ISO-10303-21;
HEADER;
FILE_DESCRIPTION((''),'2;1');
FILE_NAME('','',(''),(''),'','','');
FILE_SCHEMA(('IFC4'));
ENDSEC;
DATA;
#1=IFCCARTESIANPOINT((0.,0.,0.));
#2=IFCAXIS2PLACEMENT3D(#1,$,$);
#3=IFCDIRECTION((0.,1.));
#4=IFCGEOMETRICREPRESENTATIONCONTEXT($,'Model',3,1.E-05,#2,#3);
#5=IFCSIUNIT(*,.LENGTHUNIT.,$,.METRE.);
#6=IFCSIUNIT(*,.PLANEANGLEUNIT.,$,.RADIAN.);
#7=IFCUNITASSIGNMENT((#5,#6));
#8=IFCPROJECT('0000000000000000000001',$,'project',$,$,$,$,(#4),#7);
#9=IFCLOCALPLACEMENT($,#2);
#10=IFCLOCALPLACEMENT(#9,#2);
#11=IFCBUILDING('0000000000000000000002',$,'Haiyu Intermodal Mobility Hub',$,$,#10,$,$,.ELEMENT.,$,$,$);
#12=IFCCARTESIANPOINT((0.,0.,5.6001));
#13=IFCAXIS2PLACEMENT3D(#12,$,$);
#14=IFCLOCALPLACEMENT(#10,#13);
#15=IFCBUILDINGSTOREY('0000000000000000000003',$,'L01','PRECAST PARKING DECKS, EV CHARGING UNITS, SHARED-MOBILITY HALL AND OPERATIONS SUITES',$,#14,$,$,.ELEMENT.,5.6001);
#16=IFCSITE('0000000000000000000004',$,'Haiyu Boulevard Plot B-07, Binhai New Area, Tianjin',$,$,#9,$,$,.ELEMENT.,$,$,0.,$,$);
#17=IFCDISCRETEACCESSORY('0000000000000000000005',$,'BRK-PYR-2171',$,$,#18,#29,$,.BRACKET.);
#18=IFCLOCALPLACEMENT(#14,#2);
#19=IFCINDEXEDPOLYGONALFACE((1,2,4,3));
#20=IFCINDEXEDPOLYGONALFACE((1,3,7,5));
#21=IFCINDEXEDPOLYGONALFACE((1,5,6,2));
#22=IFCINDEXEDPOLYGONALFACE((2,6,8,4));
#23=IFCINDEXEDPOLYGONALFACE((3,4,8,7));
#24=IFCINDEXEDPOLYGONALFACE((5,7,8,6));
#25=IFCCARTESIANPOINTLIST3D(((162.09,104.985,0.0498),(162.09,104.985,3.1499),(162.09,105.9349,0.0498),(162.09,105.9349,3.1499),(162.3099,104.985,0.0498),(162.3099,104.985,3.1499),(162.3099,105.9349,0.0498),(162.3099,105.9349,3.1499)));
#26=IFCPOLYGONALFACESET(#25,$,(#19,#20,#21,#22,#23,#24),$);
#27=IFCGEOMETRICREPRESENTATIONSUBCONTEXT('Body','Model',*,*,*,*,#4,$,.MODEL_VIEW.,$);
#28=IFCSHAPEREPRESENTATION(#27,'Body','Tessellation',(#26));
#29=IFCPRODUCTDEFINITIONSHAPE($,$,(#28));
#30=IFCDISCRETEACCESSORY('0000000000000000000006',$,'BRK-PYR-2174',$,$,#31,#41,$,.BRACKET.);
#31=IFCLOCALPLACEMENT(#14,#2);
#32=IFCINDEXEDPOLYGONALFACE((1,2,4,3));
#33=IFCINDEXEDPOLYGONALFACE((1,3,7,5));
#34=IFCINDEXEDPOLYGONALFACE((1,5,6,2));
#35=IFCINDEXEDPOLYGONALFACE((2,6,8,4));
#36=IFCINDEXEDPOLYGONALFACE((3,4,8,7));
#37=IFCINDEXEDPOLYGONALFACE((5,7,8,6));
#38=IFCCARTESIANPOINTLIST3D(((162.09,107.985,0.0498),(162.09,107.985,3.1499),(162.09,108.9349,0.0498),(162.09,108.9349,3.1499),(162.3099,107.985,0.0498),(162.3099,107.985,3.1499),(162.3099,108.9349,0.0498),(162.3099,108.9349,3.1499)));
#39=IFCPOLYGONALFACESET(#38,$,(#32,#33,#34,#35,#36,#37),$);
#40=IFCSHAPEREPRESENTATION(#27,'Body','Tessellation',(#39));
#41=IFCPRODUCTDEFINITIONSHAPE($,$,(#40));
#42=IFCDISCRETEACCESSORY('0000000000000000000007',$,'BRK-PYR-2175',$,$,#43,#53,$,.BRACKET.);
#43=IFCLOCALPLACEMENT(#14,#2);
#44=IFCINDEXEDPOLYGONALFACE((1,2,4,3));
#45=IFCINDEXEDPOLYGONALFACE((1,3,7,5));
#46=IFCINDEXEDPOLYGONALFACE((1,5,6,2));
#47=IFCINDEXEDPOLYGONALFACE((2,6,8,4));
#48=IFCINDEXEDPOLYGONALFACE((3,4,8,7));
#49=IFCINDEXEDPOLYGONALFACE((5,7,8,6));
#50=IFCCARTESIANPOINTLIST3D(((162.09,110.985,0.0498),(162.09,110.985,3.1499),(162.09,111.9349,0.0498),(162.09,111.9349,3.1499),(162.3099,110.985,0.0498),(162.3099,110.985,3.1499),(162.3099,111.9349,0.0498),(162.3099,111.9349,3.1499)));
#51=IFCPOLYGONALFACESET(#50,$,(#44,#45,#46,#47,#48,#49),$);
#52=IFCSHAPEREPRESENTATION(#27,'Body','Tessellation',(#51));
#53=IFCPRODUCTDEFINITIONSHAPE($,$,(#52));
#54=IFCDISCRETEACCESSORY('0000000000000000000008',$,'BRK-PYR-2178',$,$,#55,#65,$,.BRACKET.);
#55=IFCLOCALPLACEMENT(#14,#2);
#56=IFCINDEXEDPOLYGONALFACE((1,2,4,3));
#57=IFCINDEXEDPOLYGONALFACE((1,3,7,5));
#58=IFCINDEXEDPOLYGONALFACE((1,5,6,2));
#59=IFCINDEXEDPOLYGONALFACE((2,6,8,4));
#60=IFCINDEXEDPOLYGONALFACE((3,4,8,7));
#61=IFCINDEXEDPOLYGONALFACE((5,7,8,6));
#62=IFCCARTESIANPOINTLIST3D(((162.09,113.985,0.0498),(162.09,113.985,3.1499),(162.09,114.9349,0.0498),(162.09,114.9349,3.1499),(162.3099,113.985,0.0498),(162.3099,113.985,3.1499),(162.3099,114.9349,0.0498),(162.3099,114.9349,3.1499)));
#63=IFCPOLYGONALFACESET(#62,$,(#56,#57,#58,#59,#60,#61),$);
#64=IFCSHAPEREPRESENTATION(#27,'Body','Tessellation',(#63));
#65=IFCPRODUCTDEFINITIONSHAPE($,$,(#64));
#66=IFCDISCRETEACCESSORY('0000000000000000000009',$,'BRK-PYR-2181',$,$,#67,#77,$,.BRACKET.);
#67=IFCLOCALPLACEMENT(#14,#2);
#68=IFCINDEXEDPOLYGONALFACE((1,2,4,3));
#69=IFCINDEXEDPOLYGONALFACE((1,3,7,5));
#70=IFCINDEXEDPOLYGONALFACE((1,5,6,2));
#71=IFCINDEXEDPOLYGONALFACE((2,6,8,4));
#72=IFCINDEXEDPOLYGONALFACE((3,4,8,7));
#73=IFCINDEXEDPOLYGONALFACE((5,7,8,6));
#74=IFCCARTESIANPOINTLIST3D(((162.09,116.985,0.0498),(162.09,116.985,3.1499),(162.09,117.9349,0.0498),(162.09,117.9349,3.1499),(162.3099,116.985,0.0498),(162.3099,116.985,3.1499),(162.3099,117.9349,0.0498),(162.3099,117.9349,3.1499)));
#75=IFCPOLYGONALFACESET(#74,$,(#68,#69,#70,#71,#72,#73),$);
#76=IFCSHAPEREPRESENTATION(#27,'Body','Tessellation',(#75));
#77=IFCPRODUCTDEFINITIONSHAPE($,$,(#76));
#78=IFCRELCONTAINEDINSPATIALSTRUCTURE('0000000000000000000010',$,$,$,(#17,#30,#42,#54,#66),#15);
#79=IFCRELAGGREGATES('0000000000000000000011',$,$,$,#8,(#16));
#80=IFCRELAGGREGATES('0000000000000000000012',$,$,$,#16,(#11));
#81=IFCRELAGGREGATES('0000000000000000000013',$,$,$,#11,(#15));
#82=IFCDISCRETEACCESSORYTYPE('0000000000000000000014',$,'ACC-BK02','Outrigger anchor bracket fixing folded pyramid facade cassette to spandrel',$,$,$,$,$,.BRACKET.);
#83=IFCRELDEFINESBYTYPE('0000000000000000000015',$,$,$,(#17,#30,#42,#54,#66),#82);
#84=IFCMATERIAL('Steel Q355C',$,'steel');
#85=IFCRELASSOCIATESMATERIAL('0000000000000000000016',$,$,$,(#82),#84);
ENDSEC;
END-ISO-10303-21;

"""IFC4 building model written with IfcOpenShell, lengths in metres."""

from ifc_helpers import new_model, si_unit, direction, frame, origin, origin_2d, place, context, subcontext, project, spatial, rectangle, extrude, material, type_object, element, save


model = new_model("IFC4")

# Units and contexts
model_context = context("Model", 3, precision=1e-05, world=origin(), true_north=direction((0.0, 1.0)))
body_context = subcontext(model_context, "Body", "Model", "MODEL_VIEW")
ifc_project = project(units=[si_unit("LENGTHUNIT", "METRE"), si_unit("PLANEANGLEUNIT", "RADIAN")], contexts=[model_context])

# Site, building, storey
site_placement = place(None, origin())
site = spatial("IfcSite", under=ifc_project, at=site_placement, Name="Haiyu Boulevard Plot B-07, Binhai New Area, Tianjin", CompositionType="ELEMENT", RefElevation=0.0)
building_placement = place(site_placement, origin())
building = spatial("IfcBuilding", under=site, at=building_placement, Name="Haiyu Intermodal Mobility Hub", CompositionType="ELEMENT")
storey_placement = place(building_placement, frame((0.0, 0.0, 5.6001)))
storey = spatial("IfcBuildingStorey", under=building, at=storey_placement, Name="L01", Description="PRECAST PARKING DECKS, EV CHARGING UNITS, SHARED-MOBILITY HALL AND OPERATIONS SUITES", CompositionType="ELEMENT", Elevation=5.6001)

# Discrete accessories
ifc_material_1 = material(Name="Steel Q355C", Category="steel")
discrete_accessory_type = type_object("IfcDiscreteAccessoryType", Name="ACC-BK02", Description="Outrigger anchor bracket fixing folded pyramid facade cassette to spandrel", PredefinedType="BRACKET", material=ifc_material_1)
for number, where, z_axis, x_axis, name in (
    (1, (162.2, 105.46, 0.0498), (0.0, 0.0, 1.0), (1.0, 0.0, 0.0), "BRK-PYR-2171"),
    (2, (162.2, 108.46, 0.0498), (0.0, 0.0, 1.0), (1.0, 0.0, 0.0), "BRK-PYR-2174"),
    (3, (162.2, 111.46, 0.0498), (0.0, 0.0, 1.0), (1.0, 0.0, 0.0), "BRK-PYR-2175"),
    (4, (162.2, 114.46, 0.0498), (0.0, 0.0, 1.0), (1.0, 0.0, 0.0), "BRK-PYR-2178"),
    (5, (162.2, 117.46, 0.0498), (0.0, 0.0, 1.0), (1.0, 0.0, 0.0), "BRK-PYR-2181"),
):
    element("IfcDiscreteAccessory", number, at=place(storey_placement, frame(where, z_axis=z_axis, x_axis=x_axis)), inside=storey, type_object=discrete_accessory_type, Name=name, PredefinedType="BRACKET", context=body_context, shape_type="SweptSolid", body=[
        extrude(rectangle(XDim=0.22, YDim=0.95, at=origin_2d()), origin(), (0.0, 0.0, 1.0), 3.1001),
    ])

save(model, "model.ifc")
